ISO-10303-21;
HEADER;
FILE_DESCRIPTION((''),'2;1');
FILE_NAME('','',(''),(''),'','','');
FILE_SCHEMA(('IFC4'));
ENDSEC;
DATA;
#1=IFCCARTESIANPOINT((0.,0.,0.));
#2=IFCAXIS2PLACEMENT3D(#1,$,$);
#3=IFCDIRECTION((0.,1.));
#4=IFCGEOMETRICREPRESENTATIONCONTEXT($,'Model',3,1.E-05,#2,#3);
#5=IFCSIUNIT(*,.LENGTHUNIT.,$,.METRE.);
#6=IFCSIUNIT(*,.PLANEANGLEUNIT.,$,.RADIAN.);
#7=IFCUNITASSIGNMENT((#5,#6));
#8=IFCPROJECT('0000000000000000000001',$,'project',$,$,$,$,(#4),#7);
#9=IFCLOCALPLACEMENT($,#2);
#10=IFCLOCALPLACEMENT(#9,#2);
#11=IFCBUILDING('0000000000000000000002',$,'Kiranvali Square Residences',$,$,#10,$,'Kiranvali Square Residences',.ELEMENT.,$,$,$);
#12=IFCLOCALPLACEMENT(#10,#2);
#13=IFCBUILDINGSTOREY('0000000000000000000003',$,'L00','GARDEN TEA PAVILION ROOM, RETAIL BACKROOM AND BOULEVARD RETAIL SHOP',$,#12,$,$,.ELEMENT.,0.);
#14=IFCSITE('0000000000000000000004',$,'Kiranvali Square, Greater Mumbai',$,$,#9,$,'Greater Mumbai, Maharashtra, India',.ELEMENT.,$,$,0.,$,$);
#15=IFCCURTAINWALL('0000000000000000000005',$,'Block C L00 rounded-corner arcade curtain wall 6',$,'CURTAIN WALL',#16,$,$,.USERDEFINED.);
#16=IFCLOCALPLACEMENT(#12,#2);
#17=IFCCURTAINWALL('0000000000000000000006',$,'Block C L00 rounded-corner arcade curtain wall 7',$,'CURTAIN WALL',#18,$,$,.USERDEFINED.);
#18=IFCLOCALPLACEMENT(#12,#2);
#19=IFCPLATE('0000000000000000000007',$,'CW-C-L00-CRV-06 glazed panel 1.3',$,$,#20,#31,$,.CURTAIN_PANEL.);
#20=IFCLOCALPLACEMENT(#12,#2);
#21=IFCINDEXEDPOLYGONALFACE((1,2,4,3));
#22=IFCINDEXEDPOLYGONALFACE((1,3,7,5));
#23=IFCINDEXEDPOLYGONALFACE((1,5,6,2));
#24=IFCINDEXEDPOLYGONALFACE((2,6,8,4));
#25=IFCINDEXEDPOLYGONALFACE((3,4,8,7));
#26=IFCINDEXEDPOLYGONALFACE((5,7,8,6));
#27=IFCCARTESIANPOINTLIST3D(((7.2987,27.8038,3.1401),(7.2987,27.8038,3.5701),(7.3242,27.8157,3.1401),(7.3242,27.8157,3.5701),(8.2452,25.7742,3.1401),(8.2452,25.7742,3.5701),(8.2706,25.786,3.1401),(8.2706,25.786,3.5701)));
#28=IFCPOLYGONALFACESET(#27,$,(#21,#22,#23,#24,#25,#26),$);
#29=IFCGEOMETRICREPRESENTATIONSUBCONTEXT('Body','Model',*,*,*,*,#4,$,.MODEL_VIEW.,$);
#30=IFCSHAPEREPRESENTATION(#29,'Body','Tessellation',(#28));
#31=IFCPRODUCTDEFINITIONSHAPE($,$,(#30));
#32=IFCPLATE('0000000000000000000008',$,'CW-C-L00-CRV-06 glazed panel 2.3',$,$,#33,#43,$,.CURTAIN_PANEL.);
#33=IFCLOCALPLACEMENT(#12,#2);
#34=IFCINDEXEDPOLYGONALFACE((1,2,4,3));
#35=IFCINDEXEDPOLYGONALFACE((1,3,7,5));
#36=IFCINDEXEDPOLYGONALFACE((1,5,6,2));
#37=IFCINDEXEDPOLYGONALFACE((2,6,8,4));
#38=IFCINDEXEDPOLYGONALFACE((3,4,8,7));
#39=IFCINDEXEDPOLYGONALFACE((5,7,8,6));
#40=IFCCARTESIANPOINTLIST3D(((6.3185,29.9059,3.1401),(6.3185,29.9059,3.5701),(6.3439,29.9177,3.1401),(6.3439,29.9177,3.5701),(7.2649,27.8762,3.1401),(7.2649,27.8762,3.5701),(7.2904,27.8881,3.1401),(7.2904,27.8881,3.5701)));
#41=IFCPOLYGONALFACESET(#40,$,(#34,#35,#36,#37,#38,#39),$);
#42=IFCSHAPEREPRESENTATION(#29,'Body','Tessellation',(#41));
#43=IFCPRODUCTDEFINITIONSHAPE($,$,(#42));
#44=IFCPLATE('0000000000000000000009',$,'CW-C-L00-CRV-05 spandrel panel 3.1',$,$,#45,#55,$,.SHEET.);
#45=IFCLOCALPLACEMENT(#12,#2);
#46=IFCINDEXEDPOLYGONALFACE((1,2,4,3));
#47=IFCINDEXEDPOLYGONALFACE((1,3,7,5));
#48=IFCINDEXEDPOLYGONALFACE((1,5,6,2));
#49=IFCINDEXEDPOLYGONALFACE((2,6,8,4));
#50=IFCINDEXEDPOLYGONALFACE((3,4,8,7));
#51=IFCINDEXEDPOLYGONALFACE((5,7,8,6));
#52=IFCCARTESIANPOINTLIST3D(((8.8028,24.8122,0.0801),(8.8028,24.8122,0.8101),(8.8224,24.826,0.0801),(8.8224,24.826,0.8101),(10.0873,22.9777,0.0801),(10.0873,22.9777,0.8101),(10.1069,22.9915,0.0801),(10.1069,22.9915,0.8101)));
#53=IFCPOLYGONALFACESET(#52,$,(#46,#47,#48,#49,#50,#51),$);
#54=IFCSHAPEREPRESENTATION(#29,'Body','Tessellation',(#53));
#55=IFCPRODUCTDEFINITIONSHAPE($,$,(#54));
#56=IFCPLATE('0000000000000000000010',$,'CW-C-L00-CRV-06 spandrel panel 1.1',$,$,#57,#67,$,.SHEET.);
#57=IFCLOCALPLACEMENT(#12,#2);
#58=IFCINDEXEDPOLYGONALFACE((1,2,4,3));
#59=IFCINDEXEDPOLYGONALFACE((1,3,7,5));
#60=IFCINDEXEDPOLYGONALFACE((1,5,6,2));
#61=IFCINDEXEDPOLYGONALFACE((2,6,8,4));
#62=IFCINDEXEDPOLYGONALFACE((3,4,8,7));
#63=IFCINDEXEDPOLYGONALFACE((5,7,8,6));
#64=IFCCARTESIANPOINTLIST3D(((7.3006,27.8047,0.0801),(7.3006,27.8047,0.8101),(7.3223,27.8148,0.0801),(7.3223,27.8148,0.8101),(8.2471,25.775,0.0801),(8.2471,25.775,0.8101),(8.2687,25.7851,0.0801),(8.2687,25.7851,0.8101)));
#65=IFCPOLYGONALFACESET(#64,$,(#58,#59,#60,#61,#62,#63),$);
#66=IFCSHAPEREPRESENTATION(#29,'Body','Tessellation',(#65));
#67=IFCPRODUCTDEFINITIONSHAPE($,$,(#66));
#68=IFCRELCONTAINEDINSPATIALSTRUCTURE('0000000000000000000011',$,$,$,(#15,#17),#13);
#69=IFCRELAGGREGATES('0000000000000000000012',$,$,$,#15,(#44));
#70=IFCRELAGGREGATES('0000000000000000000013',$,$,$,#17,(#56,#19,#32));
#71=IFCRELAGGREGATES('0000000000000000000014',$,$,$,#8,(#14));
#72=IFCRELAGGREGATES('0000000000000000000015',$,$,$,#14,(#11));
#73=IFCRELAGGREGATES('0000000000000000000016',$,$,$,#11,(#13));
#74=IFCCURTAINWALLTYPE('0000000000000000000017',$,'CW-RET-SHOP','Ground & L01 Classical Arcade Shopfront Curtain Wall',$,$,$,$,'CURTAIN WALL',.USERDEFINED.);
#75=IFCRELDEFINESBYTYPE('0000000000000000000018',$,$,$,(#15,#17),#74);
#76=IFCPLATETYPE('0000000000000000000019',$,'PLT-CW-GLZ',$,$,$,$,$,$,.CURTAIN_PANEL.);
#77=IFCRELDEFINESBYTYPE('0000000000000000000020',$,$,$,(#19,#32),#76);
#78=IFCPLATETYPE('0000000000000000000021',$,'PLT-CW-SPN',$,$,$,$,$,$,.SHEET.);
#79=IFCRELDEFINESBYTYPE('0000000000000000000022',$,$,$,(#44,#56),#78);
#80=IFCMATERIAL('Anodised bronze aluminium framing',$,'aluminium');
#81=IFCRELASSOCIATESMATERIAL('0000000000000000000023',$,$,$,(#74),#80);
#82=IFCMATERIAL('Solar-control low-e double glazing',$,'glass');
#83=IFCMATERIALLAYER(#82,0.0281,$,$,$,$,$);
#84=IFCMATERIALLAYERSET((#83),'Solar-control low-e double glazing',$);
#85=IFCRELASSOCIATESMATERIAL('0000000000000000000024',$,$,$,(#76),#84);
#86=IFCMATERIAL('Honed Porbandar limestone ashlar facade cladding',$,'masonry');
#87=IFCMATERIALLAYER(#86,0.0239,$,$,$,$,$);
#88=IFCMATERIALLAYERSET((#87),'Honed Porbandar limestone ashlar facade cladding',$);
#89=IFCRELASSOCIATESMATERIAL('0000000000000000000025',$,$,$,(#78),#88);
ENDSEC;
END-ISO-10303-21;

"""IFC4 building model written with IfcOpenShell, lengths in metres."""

from ifc_helpers import new_model, si_unit, direction, frame, origin, origin_2d, place, context, subcontext, project, spatial, rectangle, extrude, material, layer, layer_set, type_object, element, aggregate, save


model = new_model("IFC4")

# Units and contexts
model_context = context("Model", 3, precision=1e-05, world=origin(), true_north=direction((0.0, 1.0)))
body_context = subcontext(model_context, "Body", "Model", "MODEL_VIEW")
ifc_project = project(units=[si_unit("LENGTHUNIT", "METRE"), si_unit("PLANEANGLEUNIT", "RADIAN")], contexts=[model_context])

# Site, building, storey
site_placement = place(None, origin())
site = spatial("IfcSite", under=ifc_project, at=site_placement, Name="Kiranvali Square, Greater Mumbai", LongName="Greater Mumbai, Maharashtra, India", CompositionType="ELEMENT", RefElevation=0.0)
building_placement = place(site_placement, origin())
building = spatial("IfcBuilding", under=site, at=building_placement, Name="Kiranvali Square Residences", LongName="Kiranvali Square Residences", CompositionType="ELEMENT")
storey_placement = place(building_placement, origin())
storey = spatial("IfcBuildingStorey", under=building, at=storey_placement, Name="L00", Description="GARDEN TEA PAVILION ROOM, RETAIL BACKROOM AND BOULEVARD RETAIL SHOP", CompositionType="ELEMENT", Elevation=0.0)

# Curtain walls
ifc_material_1 = material(Name="Anodised bronze aluminium framing", Category="aluminium")
curtain_wall_type = type_object("IfcCurtainWallType", Name="CW-RET-SHOP", Description="Ground & L01 Classical Arcade Shopfront Curtain Wall", ElementType="CURTAIN WALL", PredefinedType="USERDEFINED", material=ifc_material_1)
curtain_wall_1_placement = place(storey_placement, origin())
curtain_wall_1 = element("IfcCurtainWall", 1, at=curtain_wall_1_placement, inside=storey, type_object=curtain_wall_type, Name="Block C L00 rounded-corner arcade curtain wall 6", ObjectType="CURTAIN WALL", PredefinedType="USERDEFINED")
curtain_wall_2_placement = place(storey_placement, origin())
curtain_wall_2 = element("IfcCurtainWall", 2, at=curtain_wall_2_placement, inside=storey, type_object=curtain_wall_type, Name="Block C L00 rounded-corner arcade curtain wall 7", ObjectType="CURTAIN WALL", PredefinedType="USERDEFINED")

# Plates
ifc_material_2 = material(Name="Solar-control low-e double glazing", Category="glass")
ifc_layer_1 = layer(ifc_material_2, 0.0281)
ifc_layer_set_1 = layer_set([ifc_layer_1], Name="Solar-control low-e double glazing")
plate_type_1 = type_object("IfcPlateType", Name="PLT-CW-GLZ", PredefinedType="CURTAIN_PANEL", material=ifc_layer_set_1)
plate_1_placement = place(storey_placement, frame((7.7847, 26.7949, 3.1401), z_axis=(0.0, 0.0, 1.0), x_axis=(-0.422618, 0.906308, 0.0)))
plate_1 = element("IfcPlate", 3, at=plate_1_placement, type_object=plate_type_1, Name="CW-C-L00-CRV-06 glazed panel 1.3", PredefinedType="CURTAIN_PANEL", context=body_context, shape_type="SweptSolid", body=[
    extrude(rectangle(XDim=2.2395, YDim=0.0281, at=origin_2d()), origin(), (0.0, 0.0, 1.0), 0.4299),
])
plate_2_placement = place(storey_placement, frame((6.8044, 28.897, 3.1401), z_axis=(0.0, 0.0, 1.0), x_axis=(-0.422618, 0.906308, 0.0)))
plate_2 = element("IfcPlate", 4, at=plate_2_placement, type_object=plate_type_1, Name="CW-C-L00-CRV-06 glazed panel 2.3", PredefinedType="CURTAIN_PANEL", context=body_context, shape_type="SweptSolid", body=[
    extrude(rectangle(XDim=2.2395, YDim=0.0281, at=origin_2d()), origin(), (0.0, 0.0, 1.0), 0.4299),
])
ifc_material_3 = material(Name="Honed Porbandar limestone ashlar facade cladding", Category="masonry")
ifc_layer_2 = layer(ifc_material_3, 0.0239)
ifc_layer_set_2 = layer_set([ifc_layer_2], Name="Honed Porbandar limestone ashlar facade cladding")
plate_type_2 = type_object("IfcPlateType", Name="PLT-CW-SPN", PredefinedType="SHEET", material=ifc_layer_set_2)
plate_3_placement = place(storey_placement, frame((9.4548, 23.9019, 0.0801), z_axis=(0.0, 0.0, 1.0), x_axis=(-0.573576, 0.819152, 0.0)))
plate_3 = element("IfcPlate", 5, at=plate_3_placement, type_object=plate_type_2, Name="CW-C-L00-CRV-05 spandrel panel 3.1", PredefinedType="SHEET", context=body_context, shape_type="SweptSolid", body=[
    extrude(rectangle(XDim=2.2395, YDim=0.0239, at=origin_2d()), origin(), (0.0, 0.0, 1.0), 0.73),
])
aggregate(curtain_wall_1, [plate_3])
plate_4_placement = place(storey_placement, frame((7.7847, 26.7949, 0.0801), z_axis=(0.0, 0.0, 1.0), x_axis=(-0.422618, 0.906308, 0.0)))
plate_4 = element("IfcPlate", 6, at=plate_4_placement, type_object=plate_type_2, Name="CW-C-L00-CRV-06 spandrel panel 1.1", PredefinedType="SHEET", context=body_context, shape_type="SweptSolid", body=[
    extrude(rectangle(XDim=2.2395, YDim=0.0239, at=origin_2d()), origin(), (0.0, 0.0, 1.0), 0.73),
])
aggregate(curtain_wall_2, [plate_4, plate_1, plate_2])

save(model, "model.ifc")
